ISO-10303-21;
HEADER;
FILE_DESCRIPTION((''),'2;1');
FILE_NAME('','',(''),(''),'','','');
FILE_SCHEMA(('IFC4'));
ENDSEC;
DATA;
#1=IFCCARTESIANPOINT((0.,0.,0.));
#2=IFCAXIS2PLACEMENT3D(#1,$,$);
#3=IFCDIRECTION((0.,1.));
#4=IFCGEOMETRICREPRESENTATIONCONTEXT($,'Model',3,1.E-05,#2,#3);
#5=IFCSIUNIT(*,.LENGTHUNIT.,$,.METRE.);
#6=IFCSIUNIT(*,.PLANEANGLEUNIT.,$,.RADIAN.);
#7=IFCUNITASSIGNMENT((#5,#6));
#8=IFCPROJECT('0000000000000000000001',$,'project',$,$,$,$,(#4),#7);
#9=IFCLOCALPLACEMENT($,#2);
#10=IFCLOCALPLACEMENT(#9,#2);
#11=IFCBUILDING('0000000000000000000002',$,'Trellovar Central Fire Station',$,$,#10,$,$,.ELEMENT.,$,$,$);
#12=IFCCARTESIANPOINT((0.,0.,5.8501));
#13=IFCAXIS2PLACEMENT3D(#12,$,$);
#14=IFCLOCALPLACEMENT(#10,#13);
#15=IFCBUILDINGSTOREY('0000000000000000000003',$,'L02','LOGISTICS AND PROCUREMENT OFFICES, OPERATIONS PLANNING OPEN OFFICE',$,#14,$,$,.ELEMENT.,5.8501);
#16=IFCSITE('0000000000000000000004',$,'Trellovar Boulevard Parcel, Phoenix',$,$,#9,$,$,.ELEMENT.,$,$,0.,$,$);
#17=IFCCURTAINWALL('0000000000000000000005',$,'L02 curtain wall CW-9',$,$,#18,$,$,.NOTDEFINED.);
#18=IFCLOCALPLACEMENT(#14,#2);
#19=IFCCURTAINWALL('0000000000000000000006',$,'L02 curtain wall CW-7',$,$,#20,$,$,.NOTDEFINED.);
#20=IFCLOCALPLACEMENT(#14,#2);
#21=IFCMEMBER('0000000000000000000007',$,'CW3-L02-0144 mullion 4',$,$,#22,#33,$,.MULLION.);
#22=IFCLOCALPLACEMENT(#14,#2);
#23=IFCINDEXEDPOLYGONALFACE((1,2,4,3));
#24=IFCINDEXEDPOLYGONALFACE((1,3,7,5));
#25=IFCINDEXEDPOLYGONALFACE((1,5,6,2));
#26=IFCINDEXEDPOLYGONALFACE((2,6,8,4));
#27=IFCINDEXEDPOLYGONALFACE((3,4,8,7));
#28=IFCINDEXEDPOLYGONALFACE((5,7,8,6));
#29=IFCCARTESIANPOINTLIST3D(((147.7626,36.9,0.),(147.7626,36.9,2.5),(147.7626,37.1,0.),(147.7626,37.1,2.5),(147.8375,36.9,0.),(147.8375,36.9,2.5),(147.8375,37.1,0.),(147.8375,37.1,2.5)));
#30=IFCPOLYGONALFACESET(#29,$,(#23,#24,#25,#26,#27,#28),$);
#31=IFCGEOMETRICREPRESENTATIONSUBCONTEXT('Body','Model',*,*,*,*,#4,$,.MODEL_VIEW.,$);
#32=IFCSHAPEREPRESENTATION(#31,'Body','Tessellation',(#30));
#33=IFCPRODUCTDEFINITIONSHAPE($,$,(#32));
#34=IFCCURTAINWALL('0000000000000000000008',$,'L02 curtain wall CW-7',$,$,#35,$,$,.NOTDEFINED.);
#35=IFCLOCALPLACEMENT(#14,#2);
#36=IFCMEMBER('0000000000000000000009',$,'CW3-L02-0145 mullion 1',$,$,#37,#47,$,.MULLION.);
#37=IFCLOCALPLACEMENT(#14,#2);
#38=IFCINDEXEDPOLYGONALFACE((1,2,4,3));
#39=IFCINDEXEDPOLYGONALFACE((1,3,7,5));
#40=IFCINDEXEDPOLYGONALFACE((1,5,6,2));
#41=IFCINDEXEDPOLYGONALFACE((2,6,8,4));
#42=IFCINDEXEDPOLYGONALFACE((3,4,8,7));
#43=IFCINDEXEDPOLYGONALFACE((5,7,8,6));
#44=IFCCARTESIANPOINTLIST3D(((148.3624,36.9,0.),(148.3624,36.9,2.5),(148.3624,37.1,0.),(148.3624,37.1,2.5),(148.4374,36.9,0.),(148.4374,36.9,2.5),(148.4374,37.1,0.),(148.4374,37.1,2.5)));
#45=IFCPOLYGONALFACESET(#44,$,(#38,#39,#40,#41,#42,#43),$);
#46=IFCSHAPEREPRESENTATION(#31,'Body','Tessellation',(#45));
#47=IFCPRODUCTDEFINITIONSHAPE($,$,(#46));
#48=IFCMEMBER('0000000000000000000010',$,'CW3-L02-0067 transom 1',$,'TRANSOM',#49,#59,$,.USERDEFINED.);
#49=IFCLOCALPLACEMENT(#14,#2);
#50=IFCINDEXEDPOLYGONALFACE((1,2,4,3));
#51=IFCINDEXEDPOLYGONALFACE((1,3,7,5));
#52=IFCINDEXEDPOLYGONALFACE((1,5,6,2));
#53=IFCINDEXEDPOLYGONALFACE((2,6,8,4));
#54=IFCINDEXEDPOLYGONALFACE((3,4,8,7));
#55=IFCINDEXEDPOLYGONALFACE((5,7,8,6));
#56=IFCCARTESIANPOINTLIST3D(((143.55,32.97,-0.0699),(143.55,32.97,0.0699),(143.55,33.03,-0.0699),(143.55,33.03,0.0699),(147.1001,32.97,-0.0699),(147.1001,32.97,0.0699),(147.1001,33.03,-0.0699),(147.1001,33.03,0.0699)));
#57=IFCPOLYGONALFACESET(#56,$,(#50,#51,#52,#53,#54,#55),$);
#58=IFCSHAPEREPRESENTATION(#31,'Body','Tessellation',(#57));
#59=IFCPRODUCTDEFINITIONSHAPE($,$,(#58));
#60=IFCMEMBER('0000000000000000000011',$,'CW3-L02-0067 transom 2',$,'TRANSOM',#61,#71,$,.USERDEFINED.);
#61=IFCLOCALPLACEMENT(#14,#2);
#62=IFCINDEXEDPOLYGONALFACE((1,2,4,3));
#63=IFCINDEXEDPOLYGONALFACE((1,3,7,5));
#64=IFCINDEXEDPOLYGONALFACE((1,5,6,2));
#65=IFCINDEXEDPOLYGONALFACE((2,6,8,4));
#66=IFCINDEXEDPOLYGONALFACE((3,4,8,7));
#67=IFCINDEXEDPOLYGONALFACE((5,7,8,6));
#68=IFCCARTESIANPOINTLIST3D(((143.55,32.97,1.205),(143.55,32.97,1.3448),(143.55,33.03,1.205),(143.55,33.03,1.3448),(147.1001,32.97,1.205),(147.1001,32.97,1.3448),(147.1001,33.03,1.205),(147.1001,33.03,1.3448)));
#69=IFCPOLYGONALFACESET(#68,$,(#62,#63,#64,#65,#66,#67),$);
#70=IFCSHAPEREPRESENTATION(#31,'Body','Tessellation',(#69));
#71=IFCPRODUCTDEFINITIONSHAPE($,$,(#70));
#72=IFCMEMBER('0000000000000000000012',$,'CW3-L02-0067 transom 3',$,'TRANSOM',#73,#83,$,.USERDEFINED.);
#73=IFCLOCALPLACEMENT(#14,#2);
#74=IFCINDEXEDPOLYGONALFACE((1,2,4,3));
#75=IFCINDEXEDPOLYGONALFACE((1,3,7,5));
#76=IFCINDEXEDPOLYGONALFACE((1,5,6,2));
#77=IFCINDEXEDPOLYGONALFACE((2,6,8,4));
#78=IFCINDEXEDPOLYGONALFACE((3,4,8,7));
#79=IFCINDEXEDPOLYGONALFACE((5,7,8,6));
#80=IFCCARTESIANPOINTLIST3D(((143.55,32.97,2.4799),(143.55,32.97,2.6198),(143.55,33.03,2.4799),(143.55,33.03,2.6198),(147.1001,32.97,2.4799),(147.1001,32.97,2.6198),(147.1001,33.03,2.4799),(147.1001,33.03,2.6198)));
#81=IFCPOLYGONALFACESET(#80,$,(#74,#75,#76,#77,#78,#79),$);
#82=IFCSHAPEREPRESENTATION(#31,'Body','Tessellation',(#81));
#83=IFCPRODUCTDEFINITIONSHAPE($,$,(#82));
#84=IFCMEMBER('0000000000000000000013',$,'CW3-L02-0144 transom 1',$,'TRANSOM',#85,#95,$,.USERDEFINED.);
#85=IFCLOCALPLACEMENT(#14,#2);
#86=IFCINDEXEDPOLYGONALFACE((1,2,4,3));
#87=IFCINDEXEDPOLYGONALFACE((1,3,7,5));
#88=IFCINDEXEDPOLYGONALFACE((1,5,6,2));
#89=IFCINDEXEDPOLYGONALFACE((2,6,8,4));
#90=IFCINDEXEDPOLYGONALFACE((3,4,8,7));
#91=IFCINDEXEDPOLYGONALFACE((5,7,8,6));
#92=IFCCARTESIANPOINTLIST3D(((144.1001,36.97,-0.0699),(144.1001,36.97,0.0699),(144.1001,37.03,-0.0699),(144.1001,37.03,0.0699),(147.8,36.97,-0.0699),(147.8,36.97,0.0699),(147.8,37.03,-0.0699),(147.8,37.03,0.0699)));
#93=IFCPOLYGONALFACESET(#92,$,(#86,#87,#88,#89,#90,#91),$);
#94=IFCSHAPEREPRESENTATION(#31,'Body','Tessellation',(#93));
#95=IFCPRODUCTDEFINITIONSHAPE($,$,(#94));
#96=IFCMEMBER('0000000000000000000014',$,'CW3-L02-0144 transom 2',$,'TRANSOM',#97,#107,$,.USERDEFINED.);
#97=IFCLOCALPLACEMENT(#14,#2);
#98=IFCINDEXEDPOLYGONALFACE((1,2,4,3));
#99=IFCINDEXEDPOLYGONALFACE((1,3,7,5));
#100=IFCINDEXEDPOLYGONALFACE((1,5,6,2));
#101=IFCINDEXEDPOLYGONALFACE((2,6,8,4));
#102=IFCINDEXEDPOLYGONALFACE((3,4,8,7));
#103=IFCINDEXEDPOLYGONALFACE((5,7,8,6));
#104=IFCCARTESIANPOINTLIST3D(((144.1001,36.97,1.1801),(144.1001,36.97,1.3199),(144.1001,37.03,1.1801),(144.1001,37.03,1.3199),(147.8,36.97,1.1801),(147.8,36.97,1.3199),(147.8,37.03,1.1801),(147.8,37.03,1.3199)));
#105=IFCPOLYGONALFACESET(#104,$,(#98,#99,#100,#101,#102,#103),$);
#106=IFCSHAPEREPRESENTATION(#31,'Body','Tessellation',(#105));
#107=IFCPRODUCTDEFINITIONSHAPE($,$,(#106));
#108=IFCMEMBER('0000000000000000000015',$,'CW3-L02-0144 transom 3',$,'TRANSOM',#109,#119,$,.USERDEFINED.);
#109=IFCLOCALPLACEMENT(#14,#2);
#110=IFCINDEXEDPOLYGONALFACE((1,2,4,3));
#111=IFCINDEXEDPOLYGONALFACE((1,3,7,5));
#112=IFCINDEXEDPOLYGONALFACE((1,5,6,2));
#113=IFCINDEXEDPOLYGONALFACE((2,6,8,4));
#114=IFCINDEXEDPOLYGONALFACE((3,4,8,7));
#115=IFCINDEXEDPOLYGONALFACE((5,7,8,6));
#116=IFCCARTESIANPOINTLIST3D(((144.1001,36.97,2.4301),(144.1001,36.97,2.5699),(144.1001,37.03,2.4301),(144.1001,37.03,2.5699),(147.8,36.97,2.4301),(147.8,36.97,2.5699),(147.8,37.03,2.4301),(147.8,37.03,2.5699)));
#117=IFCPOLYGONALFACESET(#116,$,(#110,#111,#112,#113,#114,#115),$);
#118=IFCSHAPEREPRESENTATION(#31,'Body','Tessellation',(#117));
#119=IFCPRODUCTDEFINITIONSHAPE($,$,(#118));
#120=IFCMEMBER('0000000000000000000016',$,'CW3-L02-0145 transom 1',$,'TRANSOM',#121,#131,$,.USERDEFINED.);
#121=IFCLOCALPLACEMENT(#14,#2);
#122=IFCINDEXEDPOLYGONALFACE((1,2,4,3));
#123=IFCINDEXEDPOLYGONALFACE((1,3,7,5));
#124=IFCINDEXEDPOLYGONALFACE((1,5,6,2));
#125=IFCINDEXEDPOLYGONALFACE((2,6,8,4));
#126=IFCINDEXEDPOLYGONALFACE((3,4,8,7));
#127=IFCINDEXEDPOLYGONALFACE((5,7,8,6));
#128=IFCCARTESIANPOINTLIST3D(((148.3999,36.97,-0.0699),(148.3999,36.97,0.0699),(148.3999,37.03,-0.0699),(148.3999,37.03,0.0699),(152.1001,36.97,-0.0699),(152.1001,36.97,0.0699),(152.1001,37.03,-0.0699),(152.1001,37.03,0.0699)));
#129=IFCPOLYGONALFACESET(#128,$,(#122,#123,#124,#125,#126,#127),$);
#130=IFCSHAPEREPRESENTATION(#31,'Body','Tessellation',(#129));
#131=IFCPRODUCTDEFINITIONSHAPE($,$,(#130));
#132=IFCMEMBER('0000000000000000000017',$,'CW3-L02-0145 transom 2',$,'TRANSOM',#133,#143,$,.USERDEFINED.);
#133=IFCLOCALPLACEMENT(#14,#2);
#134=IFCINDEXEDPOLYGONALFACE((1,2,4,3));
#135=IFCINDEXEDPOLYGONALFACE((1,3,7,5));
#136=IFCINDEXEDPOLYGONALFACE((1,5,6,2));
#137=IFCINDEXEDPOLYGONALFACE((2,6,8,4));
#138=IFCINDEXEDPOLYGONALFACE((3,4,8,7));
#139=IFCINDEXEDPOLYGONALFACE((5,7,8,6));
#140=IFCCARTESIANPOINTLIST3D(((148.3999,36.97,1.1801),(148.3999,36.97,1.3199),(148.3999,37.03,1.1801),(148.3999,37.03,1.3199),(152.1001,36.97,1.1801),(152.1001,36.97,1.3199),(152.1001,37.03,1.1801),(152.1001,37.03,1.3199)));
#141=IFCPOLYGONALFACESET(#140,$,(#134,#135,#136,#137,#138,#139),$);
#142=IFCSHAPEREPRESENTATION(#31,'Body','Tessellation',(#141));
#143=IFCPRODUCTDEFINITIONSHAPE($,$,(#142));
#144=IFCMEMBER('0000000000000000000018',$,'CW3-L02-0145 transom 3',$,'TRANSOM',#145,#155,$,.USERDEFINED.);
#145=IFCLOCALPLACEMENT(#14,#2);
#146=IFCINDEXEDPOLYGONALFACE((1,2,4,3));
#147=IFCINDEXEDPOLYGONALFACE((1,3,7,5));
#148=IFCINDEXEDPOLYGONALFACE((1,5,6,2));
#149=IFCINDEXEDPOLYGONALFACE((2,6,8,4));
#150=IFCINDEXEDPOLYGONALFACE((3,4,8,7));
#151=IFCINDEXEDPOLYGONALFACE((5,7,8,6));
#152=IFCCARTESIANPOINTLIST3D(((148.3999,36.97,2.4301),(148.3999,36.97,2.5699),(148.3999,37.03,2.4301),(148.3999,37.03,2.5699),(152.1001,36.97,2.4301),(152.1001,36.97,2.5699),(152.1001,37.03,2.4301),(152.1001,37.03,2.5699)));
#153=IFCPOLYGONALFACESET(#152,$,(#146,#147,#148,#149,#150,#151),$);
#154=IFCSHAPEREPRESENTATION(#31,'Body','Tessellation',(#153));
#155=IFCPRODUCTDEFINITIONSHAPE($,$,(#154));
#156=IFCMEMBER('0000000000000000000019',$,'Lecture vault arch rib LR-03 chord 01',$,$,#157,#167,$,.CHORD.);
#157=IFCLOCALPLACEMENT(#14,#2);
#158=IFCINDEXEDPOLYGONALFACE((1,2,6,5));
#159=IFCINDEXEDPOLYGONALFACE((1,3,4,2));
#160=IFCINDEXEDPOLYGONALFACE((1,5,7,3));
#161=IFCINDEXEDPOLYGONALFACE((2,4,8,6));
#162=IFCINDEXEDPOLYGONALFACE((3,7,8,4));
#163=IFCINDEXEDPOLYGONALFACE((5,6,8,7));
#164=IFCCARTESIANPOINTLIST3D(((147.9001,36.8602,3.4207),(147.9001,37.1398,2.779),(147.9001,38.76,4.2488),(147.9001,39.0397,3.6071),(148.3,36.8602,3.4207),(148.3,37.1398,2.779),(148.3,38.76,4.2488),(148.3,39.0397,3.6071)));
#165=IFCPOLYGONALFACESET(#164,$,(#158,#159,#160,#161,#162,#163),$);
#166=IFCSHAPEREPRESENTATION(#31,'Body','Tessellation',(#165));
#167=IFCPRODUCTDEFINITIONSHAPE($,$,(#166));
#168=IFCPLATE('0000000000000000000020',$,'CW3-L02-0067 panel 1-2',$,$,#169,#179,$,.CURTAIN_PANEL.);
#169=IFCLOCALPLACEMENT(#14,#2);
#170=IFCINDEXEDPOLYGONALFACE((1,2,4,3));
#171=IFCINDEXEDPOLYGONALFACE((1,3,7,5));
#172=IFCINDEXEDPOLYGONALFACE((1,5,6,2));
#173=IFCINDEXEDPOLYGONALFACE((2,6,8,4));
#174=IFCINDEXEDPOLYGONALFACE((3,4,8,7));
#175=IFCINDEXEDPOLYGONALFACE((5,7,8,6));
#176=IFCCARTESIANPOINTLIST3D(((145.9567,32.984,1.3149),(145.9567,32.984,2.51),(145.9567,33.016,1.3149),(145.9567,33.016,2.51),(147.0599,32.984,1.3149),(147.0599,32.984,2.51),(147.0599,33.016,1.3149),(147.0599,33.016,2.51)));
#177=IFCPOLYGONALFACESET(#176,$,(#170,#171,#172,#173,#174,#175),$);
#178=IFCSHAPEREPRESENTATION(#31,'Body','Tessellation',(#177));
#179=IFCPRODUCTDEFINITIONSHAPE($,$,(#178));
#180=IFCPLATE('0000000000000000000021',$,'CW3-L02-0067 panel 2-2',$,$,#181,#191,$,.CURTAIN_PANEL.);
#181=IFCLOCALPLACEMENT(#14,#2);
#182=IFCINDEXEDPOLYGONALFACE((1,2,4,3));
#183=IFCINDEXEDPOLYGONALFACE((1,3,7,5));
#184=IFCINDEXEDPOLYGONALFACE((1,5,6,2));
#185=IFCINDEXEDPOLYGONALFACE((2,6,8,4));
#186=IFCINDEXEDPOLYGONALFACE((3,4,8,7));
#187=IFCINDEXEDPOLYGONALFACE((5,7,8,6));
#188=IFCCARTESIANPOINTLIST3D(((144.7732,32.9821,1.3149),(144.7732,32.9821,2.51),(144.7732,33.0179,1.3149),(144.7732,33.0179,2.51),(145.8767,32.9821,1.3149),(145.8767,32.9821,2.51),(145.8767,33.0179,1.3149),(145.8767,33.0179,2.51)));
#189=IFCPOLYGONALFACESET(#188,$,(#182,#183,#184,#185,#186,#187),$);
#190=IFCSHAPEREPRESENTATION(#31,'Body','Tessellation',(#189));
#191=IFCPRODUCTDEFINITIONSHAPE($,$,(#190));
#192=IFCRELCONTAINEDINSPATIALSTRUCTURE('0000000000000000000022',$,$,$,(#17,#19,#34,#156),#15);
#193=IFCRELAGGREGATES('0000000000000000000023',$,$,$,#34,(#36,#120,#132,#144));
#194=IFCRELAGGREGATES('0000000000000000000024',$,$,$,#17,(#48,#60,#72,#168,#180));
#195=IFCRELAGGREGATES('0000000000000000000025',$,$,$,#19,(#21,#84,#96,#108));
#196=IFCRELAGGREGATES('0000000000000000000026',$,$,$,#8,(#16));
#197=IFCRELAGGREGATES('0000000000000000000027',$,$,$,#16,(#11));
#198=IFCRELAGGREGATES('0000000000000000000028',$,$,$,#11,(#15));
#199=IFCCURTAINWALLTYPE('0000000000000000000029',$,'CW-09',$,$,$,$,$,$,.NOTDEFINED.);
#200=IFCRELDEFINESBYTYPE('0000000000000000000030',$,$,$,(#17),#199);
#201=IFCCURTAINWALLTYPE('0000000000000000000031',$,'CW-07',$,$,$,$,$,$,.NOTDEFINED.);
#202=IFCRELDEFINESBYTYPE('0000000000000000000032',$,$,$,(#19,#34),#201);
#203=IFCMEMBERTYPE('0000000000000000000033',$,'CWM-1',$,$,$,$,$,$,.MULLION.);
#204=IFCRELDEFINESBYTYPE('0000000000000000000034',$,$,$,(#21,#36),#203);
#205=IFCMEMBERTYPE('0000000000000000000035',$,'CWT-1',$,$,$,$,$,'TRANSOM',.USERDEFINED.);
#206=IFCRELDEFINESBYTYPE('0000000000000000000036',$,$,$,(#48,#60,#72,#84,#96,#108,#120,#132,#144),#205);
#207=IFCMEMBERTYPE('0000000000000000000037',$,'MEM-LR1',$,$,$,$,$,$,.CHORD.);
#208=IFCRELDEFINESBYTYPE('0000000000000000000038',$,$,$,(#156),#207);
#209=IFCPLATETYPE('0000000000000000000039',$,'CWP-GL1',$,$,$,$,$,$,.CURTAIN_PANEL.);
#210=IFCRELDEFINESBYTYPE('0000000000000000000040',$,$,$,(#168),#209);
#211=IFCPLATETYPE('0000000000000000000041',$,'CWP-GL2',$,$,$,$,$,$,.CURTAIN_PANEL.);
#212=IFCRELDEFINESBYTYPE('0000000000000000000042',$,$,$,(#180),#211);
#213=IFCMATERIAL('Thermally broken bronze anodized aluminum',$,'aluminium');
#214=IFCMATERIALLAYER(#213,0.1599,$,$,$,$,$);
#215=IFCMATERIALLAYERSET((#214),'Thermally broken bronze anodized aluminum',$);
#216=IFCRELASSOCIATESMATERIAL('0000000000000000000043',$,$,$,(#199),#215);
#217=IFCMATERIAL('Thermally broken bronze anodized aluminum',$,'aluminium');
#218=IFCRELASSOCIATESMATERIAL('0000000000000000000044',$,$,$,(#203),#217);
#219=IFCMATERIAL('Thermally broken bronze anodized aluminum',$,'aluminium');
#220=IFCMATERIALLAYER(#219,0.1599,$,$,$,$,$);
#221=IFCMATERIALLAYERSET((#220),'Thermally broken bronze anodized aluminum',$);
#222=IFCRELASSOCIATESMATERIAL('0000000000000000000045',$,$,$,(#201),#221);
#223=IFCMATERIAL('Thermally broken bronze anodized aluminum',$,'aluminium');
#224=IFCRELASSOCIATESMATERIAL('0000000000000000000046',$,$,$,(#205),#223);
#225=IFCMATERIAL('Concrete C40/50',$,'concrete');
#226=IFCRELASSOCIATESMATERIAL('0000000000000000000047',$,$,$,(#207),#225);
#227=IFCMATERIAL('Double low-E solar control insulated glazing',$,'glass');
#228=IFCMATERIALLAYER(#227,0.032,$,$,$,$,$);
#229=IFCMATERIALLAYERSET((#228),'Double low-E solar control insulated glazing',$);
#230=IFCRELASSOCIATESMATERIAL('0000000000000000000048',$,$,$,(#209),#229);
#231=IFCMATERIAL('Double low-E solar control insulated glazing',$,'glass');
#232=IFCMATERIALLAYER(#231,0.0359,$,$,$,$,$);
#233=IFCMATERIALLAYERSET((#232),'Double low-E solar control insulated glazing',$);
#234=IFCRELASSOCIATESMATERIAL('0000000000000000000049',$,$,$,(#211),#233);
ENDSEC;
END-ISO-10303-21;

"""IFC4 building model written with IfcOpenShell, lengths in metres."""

from ifc_helpers import new_model, si_unit, direction, frame, origin, origin_2d, place, context, subcontext, project, spatial, rectangle, extrude, material, layer, layer_set, material_profile, profile_set, type_object, element, aggregate, save


model = new_model("IFC4")

# Units and contexts
model_context = context("Model", 3, precision=1e-05, world=origin(), true_north=direction((0.0, 1.0)))
body_context = subcontext(model_context, "Body", "Model", "MODEL_VIEW")
ifc_project = project(units=[si_unit("LENGTHUNIT", "METRE"), si_unit("PLANEANGLEUNIT", "RADIAN")], contexts=[model_context])

# Site, building, storey
site_placement = place(None, origin())
site = spatial("IfcSite", under=ifc_project, at=site_placement, Name="Trellovar Boulevard Parcel, Phoenix", CompositionType="ELEMENT", RefElevation=0.0)
building_placement = place(site_placement, origin())
building = spatial("IfcBuilding", under=site, at=building_placement, Name="Trellovar Central Fire Station", CompositionType="ELEMENT")
storey_placement = place(building_placement, frame((0.0, 0.0, 5.8501)))
storey = spatial("IfcBuildingStorey", under=building, at=storey_placement, Name="L02", Description="LOGISTICS AND PROCUREMENT OFFICES, OPERATIONS PLANNING OPEN OFFICE", CompositionType="ELEMENT", Elevation=5.8501)

# Curtain wall
ifc_material_1 = material(Name="Thermally broken bronze anodized aluminum", Category="aluminium")
ifc_layer_1 = layer(ifc_material_1, 0.1599)
ifc_layer_set_1 = layer_set([ifc_layer_1], Name="Thermally broken bronze anodized aluminum")
curtain_wall_type_1 = type_object("IfcCurtainWallType", Name="CW-09", PredefinedType="NOTDEFINED", material=ifc_layer_set_1)
curtain_wall_1_placement = place(storey_placement, origin())
curtain_wall_1 = element("IfcCurtainWall", 1, at=curtain_wall_1_placement, inside=storey, type_object=curtain_wall_type_1, Name="L02 curtain wall CW-9", PredefinedType="NOTDEFINED")
ifc_material_2 = material(Name="Thermally broken bronze anodized aluminum", Category="aluminium")
ifc_material_profile_1 = material_profile(ifc_material_2, rectangle(XDim=0.075, YDim=0.2, at=origin_2d()), Name="ALU75X200")
ifc_profile_set_1 = profile_set([ifc_material_profile_1], Name="Thermally broken bronze anodized aluminum")
member_type_1 = type_object("IfcMemberType", Name="CWM-1", PredefinedType="MULLION", material=ifc_profile_set_1)

# Curtain wall, member
ifc_material_3 = material(Name="Thermally broken bronze anodized aluminum", Category="aluminium")
ifc_layer_2 = layer(ifc_material_3, 0.1599)
ifc_layer_set_2 = layer_set([ifc_layer_2], Name="Thermally broken bronze anodized aluminum")
curtain_wall_type_2 = type_object("IfcCurtainWallType", Name="CW-07", PredefinedType="NOTDEFINED", material=ifc_layer_set_2)
curtain_wall_2_placement = place(storey_placement, origin())
curtain_wall_2 = element("IfcCurtainWall", 2, at=curtain_wall_2_placement, inside=storey, type_object=curtain_wall_type_2, Name="L02 curtain wall CW-7", PredefinedType="NOTDEFINED")
member_1_placement = place(storey_placement, frame((147.8, 37.0, 0.0), z_axis=(0.0, 0.0, 1.0), x_axis=(1.0, 0.0, 0.0)))
member_1 = element("IfcMember", 3, at=member_1_placement, type_object=member_type_1, Name="CW3-L02-0144 mullion 4", PredefinedType="MULLION", context=body_context, shape_type="SweptSolid", body=[
    extrude(rectangle(XDim=0.075, YDim=0.2, at=origin_2d()), origin(), (0.0, 0.0, 1.0), 2.5),
])

# Curtain wall, member
curtain_wall_3_placement = place(storey_placement, origin())
curtain_wall_3 = element("IfcCurtainWall", 4, at=curtain_wall_3_placement, inside=storey, type_object=curtain_wall_type_2, Name="L02 curtain wall CW-7", PredefinedType="NOTDEFINED")
member_2_placement = place(storey_placement, frame((148.3999, 37.0, 0.0), z_axis=(0.0, 0.0, 1.0), x_axis=(1.0, 0.0, 0.0)))
member_2 = element("IfcMember", 5, at=member_2_placement, type_object=member_type_1, Name="CW3-L02-0145 mullion 1", PredefinedType="MULLION", context=body_context, shape_type="SweptSolid", body=[
    extrude(rectangle(XDim=0.075, YDim=0.2, at=origin_2d()), origin(), (0.0, 0.0, 1.0), 2.5),
])

# Members
ifc_material_4 = material(Name="Thermally broken bronze anodized aluminum", Category="aluminium")
ifc_material_profile_2 = material_profile(ifc_material_4, rectangle(XDim=0.0601, YDim=0.1399, at=origin_2d()), Name="ALU60X140")
ifc_profile_set_2 = profile_set([ifc_material_profile_2], Name="Thermally broken bronze anodized aluminum")
member_type_2 = type_object("IfcMemberType", Name="CWT-1", ElementType="TRANSOM", PredefinedType="USERDEFINED", material=ifc_profile_set_2)
member_3_placement = place(storey_placement, frame((147.1001, 33.0, 0.0), z_axis=(-1.0, 0.0, 0.0), x_axis=(0.0, -1.0, 0.0)))
member_3 = element("IfcMember", 6, at=member_3_placement, type_object=member_type_2, Name="CW3-L02-0067 transom 1", ObjectType="TRANSOM", PredefinedType="USERDEFINED", context=body_context, shape_type="SweptSolid", body=[
    extrude(rectangle(XDim=0.0601, YDim=0.1399, at=origin_2d()), origin(), (0.0, 0.0, 1.0), 3.55),
])
member_4_placement = place(storey_placement, frame((147.1001, 33.0, 1.2749), z_axis=(-1.0, 0.0, 0.0), x_axis=(0.0, -1.0, 0.0)))
member_4 = element("IfcMember", 7, at=member_4_placement, type_object=member_type_2, Name="CW3-L02-0067 transom 2", ObjectType="TRANSOM", PredefinedType="USERDEFINED", context=body_context, shape_type="SweptSolid", body=[
    extrude(rectangle(XDim=0.0601, YDim=0.1399, at=origin_2d()), origin(), (0.0, 0.0, 1.0), 3.55),
])
member_5_placement = place(storey_placement, frame((147.1001, 33.0, 2.5498), z_axis=(-1.0, 0.0, 0.0), x_axis=(0.0, -1.0, 0.0)))
member_5 = element("IfcMember", 8, at=member_5_placement, type_object=member_type_2, Name="CW3-L02-0067 transom 3", ObjectType="TRANSOM", PredefinedType="USERDEFINED", context=body_context, shape_type="SweptSolid", body=[
    extrude(rectangle(XDim=0.0601, YDim=0.1399, at=origin_2d()), origin(), (0.0, 0.0, 1.0), 3.55),
])
member_6_placement = place(storey_placement, frame((144.1001, 37.0, 0.0), z_axis=(1.0, 0.0, 0.0), x_axis=(0.0, 1.0, 0.0)))
member_6 = element("IfcMember", 9, at=member_6_placement, type_object=member_type_2, Name="CW3-L02-0144 transom 1", ObjectType="TRANSOM", PredefinedType="USERDEFINED", context=body_context, shape_type="SweptSolid", body=[
    extrude(rectangle(XDim=0.0601, YDim=0.1399, at=origin_2d()), origin(), (0.0, 0.0, 1.0), 3.7),
])
member_7_placement = place(storey_placement, frame((144.1001, 37.0, 1.25), z_axis=(1.0, 0.0, 0.0), x_axis=(0.0, 1.0, 0.0)))
member_7 = element("IfcMember", 10, at=member_7_placement, type_object=member_type_2, Name="CW3-L02-0144 transom 2", ObjectType="TRANSOM", PredefinedType="USERDEFINED", context=body_context, shape_type="SweptSolid", body=[
    extrude(rectangle(XDim=0.0601, YDim=0.1399, at=origin_2d()), origin(), (0.0, 0.0, 1.0), 3.7),
])
member_8_placement = place(storey_placement, frame((144.1001, 37.0, 2.5), z_axis=(1.0, 0.0, 0.0), x_axis=(0.0, 1.0, 0.0)))
member_8 = element("IfcMember", 11, at=member_8_placement, type_object=member_type_2, Name="CW3-L02-0144 transom 3", ObjectType="TRANSOM", PredefinedType="USERDEFINED", context=body_context, shape_type="SweptSolid", body=[
    extrude(rectangle(XDim=0.0601, YDim=0.1399, at=origin_2d()), origin(), (0.0, 0.0, 1.0), 3.7),
])
member_9_placement = place(storey_placement, frame((148.3999, 37.0, 0.0), z_axis=(1.0, 0.0, 0.0), x_axis=(0.0, 1.0, 0.0)))
member_9 = element("IfcMember", 12, at=member_9_placement, type_object=member_type_2, Name="CW3-L02-0145 transom 1", ObjectType="TRANSOM", PredefinedType="USERDEFINED", context=body_context, shape_type="SweptSolid", body=[
    extrude(rectangle(XDim=0.0601, YDim=0.1399, at=origin_2d()), origin(), (0.0, 0.0, 1.0), 3.7002),
])
member_10_placement = place(storey_placement, frame((148.3999, 37.0, 1.25), z_axis=(1.0, 0.0, 0.0), x_axis=(0.0, 1.0, 0.0)))
member_10 = element("IfcMember", 13, at=member_10_placement, type_object=member_type_2, Name="CW3-L02-0145 transom 2", ObjectType="TRANSOM", PredefinedType="USERDEFINED", context=body_context, shape_type="SweptSolid", body=[
    extrude(rectangle(XDim=0.0601, YDim=0.1399, at=origin_2d()), origin(), (0.0, 0.0, 1.0), 3.7002),
])
member_11_placement = place(storey_placement, frame((148.3999, 37.0, 2.5), z_axis=(1.0, 0.0, 0.0), x_axis=(0.0, 1.0, 0.0)))
member_11 = element("IfcMember", 14, at=member_11_placement, type_object=member_type_2, Name="CW3-L02-0145 transom 3", ObjectType="TRANSOM", PredefinedType="USERDEFINED", context=body_context, shape_type="SweptSolid", body=[
    extrude(rectangle(XDim=0.0601, YDim=0.1399, at=origin_2d()), origin(), (0.0, 0.0, 1.0), 3.7002),
])
aggregate(curtain_wall_3, [member_2, member_9, member_10, member_11])
ifc_material_5 = material(Name="Concrete C40/50", Category="concrete")
ifc_material_profile_3 = material_profile(ifc_material_5, rectangle(XDim=0.3999, YDim=0.7, at=origin_2d()), Name="RC400X700")
ifc_profile_set_3 = profile_set([ifc_material_profile_3], Name="Concrete C40/50")
member_type_3 = type_object("IfcMemberType", Name="MEM-LR1", PredefinedType="CHORD", material=ifc_profile_set_3)
member_12_placement = place(storey_placement, frame((148.1001, 37.0, 3.0999), z_axis=(0.0, 0.916703, 0.39957), x_axis=(-1.0, 0.0, 0.0)))
element("IfcMember", 15, at=member_12_placement, inside=storey, type_object=member_type_3, Name="Lecture vault arch rib LR-03 chord 01", PredefinedType="CHORD", context=body_context, shape_type="SweptSolid", body=[
    extrude(rectangle(XDim=0.3999, YDim=0.7, at=origin_2d()), origin(), (0.0, 0.0, 1.0), 2.0725),
])

# Plates
ifc_material_6 = material(Name="Double low-E solar control insulated glazing", Category="glass")
ifc_layer_3 = layer(ifc_material_6, 0.032)
ifc_layer_set_3 = layer_set([ifc_layer_3], Name="Double low-E solar control insulated glazing")
plate_type_1 = type_object("IfcPlateType", Name="CWP-GL1", PredefinedType="CURTAIN_PANEL", material=ifc_layer_set_3)
plate_1_placement = place(storey_placement, frame((146.5083, 33.0, 1.3149), z_axis=(0.0, 0.0, 1.0), x_axis=(-1.0, 0.0, 0.0)))
plate_1 = element("IfcPlate", 16, at=plate_1_placement, type_object=plate_type_1, Name="CW3-L02-0067 panel 1-2", PredefinedType="CURTAIN_PANEL", context=body_context, shape_type="SweptSolid", body=[
    extrude(rectangle(XDim=1.1033, YDim=0.032, at=origin_2d()), origin(), (0.0, 0.0, 1.0), 1.1951),
])
ifc_material_7 = material(Name="Double low-E solar control insulated glazing", Category="glass")
ifc_layer_4 = layer(ifc_material_7, 0.0359)
ifc_layer_set_4 = layer_set([ifc_layer_4], Name="Double low-E solar control insulated glazing")
plate_type_2 = type_object("IfcPlateType", Name="CWP-GL2", PredefinedType="CURTAIN_PANEL", material=ifc_layer_set_4)
plate_2_placement = place(storey_placement, frame((145.325, 33.0, 1.3149), z_axis=(0.0, 0.0, 1.0), x_axis=(-1.0, 0.0, 0.0)))
plate_2 = element("IfcPlate", 17, at=plate_2_placement, type_object=plate_type_2, Name="CW3-L02-0067 panel 2-2", PredefinedType="CURTAIN_PANEL", context=body_context, shape_type="SweptSolid", body=[
    extrude(rectangle(XDim=1.1035, YDim=0.0359, at=origin_2d()), origin(), (0.0, 0.0, 1.0), 1.1951),
])
aggregate(curtain_wall_1, [member_3, member_4, member_5, plate_1, plate_2])
aggregate(curtain_wall_2, [member_1, member_6, member_7, member_8])

save(model, "model.ifc")
